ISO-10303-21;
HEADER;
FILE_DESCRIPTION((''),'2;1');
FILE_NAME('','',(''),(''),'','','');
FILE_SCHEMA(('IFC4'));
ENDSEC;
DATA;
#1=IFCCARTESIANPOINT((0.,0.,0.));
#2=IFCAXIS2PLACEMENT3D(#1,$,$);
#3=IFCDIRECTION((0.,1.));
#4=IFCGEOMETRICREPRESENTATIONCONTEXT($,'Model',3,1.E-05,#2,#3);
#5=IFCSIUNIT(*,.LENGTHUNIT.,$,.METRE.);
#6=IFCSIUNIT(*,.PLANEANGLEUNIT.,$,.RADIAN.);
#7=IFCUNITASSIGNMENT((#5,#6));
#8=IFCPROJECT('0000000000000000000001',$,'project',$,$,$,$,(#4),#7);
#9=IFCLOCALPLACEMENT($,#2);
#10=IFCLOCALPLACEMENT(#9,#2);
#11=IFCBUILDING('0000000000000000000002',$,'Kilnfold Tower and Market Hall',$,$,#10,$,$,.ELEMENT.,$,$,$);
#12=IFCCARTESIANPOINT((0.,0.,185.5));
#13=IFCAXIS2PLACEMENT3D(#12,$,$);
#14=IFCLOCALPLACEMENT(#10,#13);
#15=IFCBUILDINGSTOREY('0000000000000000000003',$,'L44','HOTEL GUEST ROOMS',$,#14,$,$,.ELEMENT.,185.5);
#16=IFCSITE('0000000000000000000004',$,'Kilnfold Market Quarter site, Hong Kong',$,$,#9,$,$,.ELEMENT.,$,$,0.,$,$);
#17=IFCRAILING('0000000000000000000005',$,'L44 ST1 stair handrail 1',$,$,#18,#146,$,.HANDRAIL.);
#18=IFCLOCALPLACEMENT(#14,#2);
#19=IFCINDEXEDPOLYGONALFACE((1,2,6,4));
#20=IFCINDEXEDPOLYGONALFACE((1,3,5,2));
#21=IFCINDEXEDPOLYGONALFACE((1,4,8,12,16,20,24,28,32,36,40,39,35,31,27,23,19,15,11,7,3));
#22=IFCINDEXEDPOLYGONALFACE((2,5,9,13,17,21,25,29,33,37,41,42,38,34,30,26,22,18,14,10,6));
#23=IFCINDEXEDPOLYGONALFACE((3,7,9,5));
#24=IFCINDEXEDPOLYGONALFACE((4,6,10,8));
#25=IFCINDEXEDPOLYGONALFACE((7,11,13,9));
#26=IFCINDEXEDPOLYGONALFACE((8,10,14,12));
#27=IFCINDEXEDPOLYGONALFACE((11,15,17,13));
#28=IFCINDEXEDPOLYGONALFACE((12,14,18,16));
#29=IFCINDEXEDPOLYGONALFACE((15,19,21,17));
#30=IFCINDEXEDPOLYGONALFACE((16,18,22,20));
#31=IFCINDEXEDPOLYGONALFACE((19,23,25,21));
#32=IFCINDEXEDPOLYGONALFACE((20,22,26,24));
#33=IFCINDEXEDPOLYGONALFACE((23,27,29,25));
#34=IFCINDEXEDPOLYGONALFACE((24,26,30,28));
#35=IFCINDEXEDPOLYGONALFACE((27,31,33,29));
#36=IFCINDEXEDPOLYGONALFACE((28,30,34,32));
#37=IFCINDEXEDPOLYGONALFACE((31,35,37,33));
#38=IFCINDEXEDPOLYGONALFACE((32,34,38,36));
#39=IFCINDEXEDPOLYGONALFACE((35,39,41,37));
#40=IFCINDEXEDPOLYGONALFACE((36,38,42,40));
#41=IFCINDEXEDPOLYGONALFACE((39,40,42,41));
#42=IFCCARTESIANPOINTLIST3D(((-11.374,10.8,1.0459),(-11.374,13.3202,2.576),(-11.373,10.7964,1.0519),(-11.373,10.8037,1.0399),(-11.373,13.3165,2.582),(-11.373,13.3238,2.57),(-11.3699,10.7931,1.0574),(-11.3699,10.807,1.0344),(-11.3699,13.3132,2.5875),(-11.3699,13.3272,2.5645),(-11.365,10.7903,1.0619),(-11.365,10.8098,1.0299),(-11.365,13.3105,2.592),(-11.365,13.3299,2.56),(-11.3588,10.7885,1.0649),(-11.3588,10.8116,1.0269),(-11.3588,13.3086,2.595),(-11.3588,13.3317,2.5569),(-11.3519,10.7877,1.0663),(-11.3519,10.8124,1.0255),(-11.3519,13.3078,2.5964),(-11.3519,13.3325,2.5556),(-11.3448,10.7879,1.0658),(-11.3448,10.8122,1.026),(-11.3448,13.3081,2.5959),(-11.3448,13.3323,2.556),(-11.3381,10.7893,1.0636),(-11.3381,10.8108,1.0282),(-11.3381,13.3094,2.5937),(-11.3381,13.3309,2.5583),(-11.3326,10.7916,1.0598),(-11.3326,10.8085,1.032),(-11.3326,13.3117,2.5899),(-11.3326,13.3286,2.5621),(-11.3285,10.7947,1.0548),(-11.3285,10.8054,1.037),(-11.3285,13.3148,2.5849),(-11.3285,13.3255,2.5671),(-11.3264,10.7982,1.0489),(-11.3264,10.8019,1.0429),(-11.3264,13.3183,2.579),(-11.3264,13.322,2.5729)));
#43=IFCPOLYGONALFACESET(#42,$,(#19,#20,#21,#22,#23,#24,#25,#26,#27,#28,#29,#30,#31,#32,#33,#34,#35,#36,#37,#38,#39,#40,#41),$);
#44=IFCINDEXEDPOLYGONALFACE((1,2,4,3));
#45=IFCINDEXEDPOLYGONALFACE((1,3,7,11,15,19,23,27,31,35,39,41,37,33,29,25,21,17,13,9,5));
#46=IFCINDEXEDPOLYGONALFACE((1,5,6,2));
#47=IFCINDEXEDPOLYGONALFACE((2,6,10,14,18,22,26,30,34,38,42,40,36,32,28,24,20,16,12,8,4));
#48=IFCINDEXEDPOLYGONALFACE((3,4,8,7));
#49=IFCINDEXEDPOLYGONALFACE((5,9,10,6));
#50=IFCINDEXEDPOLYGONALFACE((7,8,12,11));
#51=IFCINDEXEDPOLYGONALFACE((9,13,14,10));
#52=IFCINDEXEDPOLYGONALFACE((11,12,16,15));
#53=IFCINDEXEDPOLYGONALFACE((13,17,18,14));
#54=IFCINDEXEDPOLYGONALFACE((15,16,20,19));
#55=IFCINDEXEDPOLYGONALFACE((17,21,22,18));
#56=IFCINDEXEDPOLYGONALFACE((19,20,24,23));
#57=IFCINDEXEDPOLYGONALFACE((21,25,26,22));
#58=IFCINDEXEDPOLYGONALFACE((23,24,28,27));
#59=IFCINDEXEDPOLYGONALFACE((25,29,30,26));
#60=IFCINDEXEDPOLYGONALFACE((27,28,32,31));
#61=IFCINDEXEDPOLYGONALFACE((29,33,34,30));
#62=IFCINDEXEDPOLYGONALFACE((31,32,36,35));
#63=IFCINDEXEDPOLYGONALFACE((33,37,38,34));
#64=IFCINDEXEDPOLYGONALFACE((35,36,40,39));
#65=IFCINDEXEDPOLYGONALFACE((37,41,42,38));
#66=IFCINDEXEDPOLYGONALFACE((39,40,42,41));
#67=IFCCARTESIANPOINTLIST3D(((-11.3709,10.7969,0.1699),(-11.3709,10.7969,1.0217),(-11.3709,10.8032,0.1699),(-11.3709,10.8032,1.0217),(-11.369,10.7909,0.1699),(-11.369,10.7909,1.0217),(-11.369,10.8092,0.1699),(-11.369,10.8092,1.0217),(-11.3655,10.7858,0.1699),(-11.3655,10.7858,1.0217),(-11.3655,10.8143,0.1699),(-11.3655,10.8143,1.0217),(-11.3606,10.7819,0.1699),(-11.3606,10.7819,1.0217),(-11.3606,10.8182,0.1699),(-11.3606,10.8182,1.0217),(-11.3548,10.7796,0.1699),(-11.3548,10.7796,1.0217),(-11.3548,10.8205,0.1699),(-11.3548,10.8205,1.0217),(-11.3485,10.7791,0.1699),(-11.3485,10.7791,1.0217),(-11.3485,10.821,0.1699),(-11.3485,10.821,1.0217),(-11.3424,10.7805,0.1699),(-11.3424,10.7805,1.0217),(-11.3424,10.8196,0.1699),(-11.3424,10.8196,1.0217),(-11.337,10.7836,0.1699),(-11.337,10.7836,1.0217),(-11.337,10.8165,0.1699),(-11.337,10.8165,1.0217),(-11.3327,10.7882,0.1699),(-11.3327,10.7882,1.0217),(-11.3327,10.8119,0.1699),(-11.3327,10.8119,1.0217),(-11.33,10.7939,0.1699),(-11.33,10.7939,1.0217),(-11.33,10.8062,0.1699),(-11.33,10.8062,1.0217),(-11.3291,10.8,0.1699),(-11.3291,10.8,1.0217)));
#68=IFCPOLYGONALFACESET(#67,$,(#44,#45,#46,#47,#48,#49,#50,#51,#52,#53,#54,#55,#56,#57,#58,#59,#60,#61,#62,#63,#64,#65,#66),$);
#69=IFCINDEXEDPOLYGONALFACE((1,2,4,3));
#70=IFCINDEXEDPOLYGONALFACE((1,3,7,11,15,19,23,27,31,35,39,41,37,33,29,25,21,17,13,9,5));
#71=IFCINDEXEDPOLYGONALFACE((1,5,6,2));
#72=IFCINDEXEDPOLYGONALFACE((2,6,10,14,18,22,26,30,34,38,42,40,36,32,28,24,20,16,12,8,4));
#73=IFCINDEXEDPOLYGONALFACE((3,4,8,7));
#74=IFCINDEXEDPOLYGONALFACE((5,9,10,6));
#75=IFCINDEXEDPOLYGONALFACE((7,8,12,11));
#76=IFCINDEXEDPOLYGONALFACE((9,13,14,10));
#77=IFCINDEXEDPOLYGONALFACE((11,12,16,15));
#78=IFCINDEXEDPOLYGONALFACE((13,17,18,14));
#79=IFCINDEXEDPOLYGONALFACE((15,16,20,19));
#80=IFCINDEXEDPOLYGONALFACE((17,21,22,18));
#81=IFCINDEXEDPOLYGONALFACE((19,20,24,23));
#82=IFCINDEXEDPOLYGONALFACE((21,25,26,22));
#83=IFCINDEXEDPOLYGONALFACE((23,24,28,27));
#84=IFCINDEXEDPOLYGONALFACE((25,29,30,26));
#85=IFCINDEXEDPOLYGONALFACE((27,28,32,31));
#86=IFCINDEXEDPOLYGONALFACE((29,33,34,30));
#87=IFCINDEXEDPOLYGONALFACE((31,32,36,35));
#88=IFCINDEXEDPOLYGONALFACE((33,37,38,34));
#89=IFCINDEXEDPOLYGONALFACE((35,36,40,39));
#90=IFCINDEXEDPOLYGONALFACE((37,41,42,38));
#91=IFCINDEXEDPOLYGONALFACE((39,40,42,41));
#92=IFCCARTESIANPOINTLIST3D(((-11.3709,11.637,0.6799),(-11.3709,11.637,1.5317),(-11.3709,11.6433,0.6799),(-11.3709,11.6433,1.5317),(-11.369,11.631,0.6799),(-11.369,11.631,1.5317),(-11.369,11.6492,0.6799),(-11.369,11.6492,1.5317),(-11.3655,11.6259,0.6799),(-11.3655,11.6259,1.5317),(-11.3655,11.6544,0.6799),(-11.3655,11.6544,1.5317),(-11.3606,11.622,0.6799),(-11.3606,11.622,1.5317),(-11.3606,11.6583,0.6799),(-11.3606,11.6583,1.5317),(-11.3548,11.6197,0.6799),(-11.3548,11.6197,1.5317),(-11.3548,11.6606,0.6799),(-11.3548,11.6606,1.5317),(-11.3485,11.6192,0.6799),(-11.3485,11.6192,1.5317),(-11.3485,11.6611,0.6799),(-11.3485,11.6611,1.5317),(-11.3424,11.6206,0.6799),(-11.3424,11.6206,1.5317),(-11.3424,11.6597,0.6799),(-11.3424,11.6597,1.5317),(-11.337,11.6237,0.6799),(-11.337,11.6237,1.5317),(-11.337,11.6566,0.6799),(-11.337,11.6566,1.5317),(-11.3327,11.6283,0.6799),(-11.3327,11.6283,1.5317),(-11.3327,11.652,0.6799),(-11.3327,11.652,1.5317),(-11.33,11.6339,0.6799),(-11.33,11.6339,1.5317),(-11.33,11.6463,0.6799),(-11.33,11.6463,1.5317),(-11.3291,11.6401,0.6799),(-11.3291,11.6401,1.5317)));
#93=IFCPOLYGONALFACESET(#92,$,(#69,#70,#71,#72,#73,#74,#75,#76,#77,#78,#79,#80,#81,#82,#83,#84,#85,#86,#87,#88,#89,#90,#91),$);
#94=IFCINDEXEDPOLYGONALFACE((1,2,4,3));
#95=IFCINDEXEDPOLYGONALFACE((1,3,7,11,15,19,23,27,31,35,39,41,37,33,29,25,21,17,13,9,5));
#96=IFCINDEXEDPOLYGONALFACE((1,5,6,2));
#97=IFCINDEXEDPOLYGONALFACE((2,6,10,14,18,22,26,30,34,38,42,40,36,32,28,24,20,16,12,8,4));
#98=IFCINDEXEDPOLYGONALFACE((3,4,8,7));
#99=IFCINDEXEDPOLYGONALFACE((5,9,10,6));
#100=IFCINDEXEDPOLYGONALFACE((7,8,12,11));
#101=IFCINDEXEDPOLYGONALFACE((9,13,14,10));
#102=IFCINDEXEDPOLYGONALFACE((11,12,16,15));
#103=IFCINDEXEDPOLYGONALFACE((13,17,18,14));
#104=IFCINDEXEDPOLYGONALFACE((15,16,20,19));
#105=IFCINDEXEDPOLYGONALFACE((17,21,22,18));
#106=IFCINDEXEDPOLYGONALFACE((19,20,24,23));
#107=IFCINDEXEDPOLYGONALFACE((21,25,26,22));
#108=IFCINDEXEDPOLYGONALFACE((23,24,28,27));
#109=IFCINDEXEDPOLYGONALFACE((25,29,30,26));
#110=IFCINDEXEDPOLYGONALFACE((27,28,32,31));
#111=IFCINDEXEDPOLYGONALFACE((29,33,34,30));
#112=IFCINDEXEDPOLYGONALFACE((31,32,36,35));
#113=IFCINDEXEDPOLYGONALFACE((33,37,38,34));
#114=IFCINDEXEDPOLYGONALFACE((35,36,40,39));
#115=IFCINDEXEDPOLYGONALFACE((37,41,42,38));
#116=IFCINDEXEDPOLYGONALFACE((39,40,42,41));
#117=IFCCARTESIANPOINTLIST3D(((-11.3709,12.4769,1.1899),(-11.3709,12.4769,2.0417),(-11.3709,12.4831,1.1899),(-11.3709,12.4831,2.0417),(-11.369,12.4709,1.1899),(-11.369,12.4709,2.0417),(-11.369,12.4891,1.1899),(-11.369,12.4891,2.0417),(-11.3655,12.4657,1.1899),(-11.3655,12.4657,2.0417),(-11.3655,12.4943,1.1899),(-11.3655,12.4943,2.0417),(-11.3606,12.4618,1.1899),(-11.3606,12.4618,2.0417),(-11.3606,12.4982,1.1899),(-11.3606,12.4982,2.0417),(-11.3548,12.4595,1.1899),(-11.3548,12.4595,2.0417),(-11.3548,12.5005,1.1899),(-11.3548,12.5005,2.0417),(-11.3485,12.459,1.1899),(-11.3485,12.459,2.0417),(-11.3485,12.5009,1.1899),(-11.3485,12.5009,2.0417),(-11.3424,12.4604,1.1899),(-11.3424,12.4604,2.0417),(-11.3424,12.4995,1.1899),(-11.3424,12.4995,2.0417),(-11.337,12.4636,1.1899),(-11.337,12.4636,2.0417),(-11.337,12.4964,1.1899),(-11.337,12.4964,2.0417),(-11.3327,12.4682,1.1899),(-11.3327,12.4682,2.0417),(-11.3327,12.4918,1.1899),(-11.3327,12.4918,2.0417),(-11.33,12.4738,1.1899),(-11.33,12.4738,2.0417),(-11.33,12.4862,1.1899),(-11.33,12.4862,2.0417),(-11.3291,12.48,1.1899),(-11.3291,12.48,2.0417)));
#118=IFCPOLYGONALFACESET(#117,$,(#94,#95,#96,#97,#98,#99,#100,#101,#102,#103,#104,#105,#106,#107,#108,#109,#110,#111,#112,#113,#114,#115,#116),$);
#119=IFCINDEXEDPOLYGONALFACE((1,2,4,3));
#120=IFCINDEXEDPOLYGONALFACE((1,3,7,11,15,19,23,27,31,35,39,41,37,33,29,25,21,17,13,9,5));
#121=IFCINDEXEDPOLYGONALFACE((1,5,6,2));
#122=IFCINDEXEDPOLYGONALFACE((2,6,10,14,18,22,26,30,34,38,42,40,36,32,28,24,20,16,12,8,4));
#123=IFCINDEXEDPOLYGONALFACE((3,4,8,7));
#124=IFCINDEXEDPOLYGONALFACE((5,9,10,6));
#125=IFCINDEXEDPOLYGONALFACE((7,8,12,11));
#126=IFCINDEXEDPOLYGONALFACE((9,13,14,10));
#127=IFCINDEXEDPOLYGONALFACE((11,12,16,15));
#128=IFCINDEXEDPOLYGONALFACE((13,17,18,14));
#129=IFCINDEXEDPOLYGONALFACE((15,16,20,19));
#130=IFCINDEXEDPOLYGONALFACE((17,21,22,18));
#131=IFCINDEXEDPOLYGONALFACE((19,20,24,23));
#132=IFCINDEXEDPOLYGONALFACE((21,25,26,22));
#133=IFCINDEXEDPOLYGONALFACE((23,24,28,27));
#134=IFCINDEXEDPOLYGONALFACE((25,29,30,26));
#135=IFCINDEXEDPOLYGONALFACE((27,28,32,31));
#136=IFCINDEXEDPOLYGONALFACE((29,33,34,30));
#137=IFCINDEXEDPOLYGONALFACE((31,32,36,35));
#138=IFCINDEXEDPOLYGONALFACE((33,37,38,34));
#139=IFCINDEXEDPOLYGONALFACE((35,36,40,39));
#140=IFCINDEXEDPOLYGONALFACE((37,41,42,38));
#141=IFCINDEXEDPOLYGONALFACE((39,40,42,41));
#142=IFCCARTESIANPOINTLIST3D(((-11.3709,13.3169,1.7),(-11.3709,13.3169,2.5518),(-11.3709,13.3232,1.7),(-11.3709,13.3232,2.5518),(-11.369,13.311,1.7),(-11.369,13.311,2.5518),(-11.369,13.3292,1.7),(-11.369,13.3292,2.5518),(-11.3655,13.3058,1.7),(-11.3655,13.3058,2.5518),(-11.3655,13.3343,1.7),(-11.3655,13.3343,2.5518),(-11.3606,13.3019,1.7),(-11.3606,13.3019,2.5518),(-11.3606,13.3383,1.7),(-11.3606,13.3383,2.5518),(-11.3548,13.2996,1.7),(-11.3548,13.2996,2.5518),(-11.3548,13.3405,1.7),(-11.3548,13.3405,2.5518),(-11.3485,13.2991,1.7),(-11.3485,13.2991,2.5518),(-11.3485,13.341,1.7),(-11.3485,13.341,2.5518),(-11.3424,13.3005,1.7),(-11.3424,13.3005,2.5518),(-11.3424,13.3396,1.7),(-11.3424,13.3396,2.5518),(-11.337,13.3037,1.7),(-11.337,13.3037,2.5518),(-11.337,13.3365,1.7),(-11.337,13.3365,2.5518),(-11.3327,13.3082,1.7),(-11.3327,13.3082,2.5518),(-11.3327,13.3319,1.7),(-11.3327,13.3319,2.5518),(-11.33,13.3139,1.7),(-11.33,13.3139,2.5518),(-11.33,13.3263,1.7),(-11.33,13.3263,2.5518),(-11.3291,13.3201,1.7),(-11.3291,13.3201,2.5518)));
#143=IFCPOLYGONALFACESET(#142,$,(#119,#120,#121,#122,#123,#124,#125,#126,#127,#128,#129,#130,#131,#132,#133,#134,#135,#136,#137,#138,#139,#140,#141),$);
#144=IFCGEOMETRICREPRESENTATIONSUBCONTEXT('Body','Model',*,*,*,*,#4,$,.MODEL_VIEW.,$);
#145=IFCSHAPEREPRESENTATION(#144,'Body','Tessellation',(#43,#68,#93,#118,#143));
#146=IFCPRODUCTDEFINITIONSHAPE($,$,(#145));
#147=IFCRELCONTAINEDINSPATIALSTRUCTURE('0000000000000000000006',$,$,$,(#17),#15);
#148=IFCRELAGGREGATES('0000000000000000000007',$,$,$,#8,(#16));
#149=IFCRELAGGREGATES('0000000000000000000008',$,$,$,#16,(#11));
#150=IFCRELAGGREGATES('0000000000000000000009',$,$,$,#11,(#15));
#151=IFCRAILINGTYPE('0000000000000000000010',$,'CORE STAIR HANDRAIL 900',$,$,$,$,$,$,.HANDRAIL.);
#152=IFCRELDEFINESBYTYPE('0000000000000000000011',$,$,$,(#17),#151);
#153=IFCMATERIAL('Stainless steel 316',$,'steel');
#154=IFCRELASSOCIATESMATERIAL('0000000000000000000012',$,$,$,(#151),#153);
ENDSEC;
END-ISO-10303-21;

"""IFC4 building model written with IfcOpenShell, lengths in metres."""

from ifc_helpers import new_model, si_unit, direction, frame, origin, origin_2d, place, context, subcontext, project, spatial, circle, extrude, material, type_object, element, save


model = new_model("IFC4")

# Units and contexts
model_context = context("Model", 3, precision=1e-05, world=origin(), true_north=direction((0.0, 1.0)))
body_context = subcontext(model_context, "Body", "Model", "MODEL_VIEW")
ifc_project = project(units=[si_unit("LENGTHUNIT", "METRE"), si_unit("PLANEANGLEUNIT", "RADIAN")], contexts=[model_context])

# Site, building, storey
site_placement = place(None, origin())
site = spatial("IfcSite", under=ifc_project, at=site_placement, Name="Kilnfold Market Quarter site, Hong Kong", CompositionType="ELEMENT", RefElevation=0.0)
building_placement = place(site_placement, origin())
building = spatial("IfcBuilding", under=site, at=building_placement, Name="Kilnfold Tower and Market Hall", CompositionType="ELEMENT")
storey_placement = place(building_placement, frame((0.0, 0.0, 185.5)))
storey = spatial("IfcBuildingStorey", under=building, at=storey_placement, Name="L44", Description="HOTEL GUEST ROOMS", CompositionType="ELEMENT", Elevation=185.5)

# Railing
ifc_material_1 = material(Name="Stainless steel 316", Category="steel")
railing_type_1 = type_object("IfcRailingType", Name="CORE STAIR HANDRAIL 900", PredefinedType="HANDRAIL", material=ifc_material_1)
railing_1_placement = place(storey_placement, frame((-11.3501, 10.8, 0.1699)))
element("IfcRailing", 1, at=railing_1_placement, inside=storey, type_object=railing_type_1, Name="L44 ST1 stair handrail 1", PredefinedType="HANDRAIL", context=body_context, shape_type="SweptSolid", body=[
    extrude(circle(Radius=0.0239, at=origin_2d()), frame((0.0, 0.0, 0.876), z_axis=(0.0, 0.854785, 0.518982), x_axis=(-1.0, 0.0, 0.0)), (0.0, 0.0, 1.0), 2.9482),
    extrude(circle(Radius=0.021, at=origin_2d()), origin(), (0.0, 0.0, 1.0), 0.8518),
    extrude(circle(Radius=0.021, at=origin_2d()), frame((0.0, 0.8401, 0.51)), (0.0, 0.0, 1.0), 0.8518),
    extrude(circle(Radius=0.021, at=origin_2d()), frame((0.0, 1.6799, 1.02)), (0.0, 0.0, 1.0), 0.8518),
    extrude(circle(Radius=0.021, at=origin_2d()), frame((0.0, 2.52, 1.53)), (0.0, 0.0, 1.0), 0.8518),
])

save(model, "model.ifc")
